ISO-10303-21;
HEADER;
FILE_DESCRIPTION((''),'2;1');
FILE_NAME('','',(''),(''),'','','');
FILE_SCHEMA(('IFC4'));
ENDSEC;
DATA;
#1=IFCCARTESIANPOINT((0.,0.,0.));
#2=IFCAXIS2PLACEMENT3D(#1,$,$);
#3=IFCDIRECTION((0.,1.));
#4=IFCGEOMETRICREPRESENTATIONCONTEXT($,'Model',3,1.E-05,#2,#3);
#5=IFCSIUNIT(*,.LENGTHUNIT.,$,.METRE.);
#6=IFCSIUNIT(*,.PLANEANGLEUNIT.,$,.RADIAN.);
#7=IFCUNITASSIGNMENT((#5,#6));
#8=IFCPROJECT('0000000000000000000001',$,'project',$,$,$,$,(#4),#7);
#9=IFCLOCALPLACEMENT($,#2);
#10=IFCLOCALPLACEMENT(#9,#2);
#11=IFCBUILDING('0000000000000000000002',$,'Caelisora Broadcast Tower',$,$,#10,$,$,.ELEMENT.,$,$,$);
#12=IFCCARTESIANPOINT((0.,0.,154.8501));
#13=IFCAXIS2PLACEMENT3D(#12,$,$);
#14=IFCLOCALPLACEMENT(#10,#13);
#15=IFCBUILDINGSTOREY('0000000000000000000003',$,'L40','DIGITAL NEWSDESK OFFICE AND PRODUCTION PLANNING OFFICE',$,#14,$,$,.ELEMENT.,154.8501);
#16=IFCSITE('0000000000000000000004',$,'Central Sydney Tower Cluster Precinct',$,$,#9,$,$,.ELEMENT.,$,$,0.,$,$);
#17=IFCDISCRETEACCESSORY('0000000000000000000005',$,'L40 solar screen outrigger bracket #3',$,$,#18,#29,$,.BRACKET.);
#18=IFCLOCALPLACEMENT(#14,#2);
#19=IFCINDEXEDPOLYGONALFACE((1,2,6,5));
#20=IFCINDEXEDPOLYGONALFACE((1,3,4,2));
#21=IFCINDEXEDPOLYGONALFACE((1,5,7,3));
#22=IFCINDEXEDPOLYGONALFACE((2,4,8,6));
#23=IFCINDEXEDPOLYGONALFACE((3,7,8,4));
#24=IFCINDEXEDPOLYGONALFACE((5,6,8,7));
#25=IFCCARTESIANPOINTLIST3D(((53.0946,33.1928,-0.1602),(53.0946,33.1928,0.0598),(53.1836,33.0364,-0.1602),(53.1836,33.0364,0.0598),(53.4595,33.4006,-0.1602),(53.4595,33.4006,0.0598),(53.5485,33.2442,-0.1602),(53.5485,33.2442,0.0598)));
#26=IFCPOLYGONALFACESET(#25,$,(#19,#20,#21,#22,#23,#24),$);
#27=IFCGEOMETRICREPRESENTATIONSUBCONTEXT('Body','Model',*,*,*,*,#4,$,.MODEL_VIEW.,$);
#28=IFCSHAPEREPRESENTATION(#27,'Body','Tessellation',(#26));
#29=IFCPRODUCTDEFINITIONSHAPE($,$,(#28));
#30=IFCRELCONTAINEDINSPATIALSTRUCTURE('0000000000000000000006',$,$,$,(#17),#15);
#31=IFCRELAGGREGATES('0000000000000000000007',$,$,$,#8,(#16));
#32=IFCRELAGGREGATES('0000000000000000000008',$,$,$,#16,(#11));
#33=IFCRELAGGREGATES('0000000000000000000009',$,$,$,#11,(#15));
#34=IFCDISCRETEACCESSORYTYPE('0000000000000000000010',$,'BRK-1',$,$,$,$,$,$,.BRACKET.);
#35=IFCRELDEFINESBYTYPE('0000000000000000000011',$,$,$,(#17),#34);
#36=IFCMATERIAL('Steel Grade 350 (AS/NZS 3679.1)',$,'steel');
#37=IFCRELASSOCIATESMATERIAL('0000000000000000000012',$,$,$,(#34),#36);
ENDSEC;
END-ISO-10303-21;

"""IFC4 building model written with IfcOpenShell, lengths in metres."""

from ifc_helpers import new_model, si_unit, direction, frame, origin, origin_2d, place, context, subcontext, project, spatial, rectangle, extrude, source, transform, mapped, material, type_object, type_shapes, element, save


model = new_model("IFC4")

# Units and contexts
model_context = context("Model", 3, precision=1e-05, world=origin(), true_north=direction((0.0, 1.0)))
body_context = subcontext(model_context, "Body", "Model", "MODEL_VIEW")
ifc_project = project(units=[si_unit("LENGTHUNIT", "METRE"), si_unit("PLANEANGLEUNIT", "RADIAN")], contexts=[model_context])

# Site, building, storey
site_placement = place(None, origin())
site = spatial("IfcSite", under=ifc_project, at=site_placement, Name="Central Sydney Tower Cluster Precinct", CompositionType="ELEMENT", RefElevation=0.0)
building_placement = place(site_placement, origin())
building = spatial("IfcBuilding", under=site, at=building_placement, Name="Caelisora Broadcast Tower", CompositionType="ELEMENT")
storey_placement = place(building_placement, frame((0.0, 0.0, 154.8501)))
storey = spatial("IfcBuildingStorey", under=building, at=storey_placement, Name="L40", Description="DIGITAL NEWSDESK OFFICE AND PRODUCTION PLANNING OFFICE", CompositionType="ELEMENT", Elevation=154.8501)

# Shared definitions
ifc_material_1 = material(Name="Steel Grade 350 (AS/NZS 3679.1)", Category="steel")

# Discrete accessory
discrete_accessory_type = type_object("IfcDiscreteAccessoryType", Name="BRK-1", PredefinedType="BRACKET", material=ifc_material_1)
shared_shape_1 = source(origin(), body_context, "Body", "SweptSolid", [
    extrude(rectangle(XDim=0.1799, YDim=0.4199, at=origin_2d()), origin(), (0.0, 0.0, 1.0), 0.22),
])
type_shapes(discrete_accessory_type, [shared_shape_1])
discrete_accessory_placement = place(storey_placement, frame((53.3215, 33.2185, -0.1602), z_axis=(0.0, 0.0, 1.0), x_axis=(-0.494852, 0.868977, 0.0)))
element("IfcDiscreteAccessory", 1, at=discrete_accessory_placement, inside=storey, type_object=discrete_accessory_type, Name="L40 solar screen outrigger bracket #3", PredefinedType="BRACKET", context=body_context, shape_type="MappedRepresentation", body=[
    mapped(shared_shape_1, transform((0.0, 0.0, 0.0), scale=1.0)),
])

save(model, "model.ifc")
